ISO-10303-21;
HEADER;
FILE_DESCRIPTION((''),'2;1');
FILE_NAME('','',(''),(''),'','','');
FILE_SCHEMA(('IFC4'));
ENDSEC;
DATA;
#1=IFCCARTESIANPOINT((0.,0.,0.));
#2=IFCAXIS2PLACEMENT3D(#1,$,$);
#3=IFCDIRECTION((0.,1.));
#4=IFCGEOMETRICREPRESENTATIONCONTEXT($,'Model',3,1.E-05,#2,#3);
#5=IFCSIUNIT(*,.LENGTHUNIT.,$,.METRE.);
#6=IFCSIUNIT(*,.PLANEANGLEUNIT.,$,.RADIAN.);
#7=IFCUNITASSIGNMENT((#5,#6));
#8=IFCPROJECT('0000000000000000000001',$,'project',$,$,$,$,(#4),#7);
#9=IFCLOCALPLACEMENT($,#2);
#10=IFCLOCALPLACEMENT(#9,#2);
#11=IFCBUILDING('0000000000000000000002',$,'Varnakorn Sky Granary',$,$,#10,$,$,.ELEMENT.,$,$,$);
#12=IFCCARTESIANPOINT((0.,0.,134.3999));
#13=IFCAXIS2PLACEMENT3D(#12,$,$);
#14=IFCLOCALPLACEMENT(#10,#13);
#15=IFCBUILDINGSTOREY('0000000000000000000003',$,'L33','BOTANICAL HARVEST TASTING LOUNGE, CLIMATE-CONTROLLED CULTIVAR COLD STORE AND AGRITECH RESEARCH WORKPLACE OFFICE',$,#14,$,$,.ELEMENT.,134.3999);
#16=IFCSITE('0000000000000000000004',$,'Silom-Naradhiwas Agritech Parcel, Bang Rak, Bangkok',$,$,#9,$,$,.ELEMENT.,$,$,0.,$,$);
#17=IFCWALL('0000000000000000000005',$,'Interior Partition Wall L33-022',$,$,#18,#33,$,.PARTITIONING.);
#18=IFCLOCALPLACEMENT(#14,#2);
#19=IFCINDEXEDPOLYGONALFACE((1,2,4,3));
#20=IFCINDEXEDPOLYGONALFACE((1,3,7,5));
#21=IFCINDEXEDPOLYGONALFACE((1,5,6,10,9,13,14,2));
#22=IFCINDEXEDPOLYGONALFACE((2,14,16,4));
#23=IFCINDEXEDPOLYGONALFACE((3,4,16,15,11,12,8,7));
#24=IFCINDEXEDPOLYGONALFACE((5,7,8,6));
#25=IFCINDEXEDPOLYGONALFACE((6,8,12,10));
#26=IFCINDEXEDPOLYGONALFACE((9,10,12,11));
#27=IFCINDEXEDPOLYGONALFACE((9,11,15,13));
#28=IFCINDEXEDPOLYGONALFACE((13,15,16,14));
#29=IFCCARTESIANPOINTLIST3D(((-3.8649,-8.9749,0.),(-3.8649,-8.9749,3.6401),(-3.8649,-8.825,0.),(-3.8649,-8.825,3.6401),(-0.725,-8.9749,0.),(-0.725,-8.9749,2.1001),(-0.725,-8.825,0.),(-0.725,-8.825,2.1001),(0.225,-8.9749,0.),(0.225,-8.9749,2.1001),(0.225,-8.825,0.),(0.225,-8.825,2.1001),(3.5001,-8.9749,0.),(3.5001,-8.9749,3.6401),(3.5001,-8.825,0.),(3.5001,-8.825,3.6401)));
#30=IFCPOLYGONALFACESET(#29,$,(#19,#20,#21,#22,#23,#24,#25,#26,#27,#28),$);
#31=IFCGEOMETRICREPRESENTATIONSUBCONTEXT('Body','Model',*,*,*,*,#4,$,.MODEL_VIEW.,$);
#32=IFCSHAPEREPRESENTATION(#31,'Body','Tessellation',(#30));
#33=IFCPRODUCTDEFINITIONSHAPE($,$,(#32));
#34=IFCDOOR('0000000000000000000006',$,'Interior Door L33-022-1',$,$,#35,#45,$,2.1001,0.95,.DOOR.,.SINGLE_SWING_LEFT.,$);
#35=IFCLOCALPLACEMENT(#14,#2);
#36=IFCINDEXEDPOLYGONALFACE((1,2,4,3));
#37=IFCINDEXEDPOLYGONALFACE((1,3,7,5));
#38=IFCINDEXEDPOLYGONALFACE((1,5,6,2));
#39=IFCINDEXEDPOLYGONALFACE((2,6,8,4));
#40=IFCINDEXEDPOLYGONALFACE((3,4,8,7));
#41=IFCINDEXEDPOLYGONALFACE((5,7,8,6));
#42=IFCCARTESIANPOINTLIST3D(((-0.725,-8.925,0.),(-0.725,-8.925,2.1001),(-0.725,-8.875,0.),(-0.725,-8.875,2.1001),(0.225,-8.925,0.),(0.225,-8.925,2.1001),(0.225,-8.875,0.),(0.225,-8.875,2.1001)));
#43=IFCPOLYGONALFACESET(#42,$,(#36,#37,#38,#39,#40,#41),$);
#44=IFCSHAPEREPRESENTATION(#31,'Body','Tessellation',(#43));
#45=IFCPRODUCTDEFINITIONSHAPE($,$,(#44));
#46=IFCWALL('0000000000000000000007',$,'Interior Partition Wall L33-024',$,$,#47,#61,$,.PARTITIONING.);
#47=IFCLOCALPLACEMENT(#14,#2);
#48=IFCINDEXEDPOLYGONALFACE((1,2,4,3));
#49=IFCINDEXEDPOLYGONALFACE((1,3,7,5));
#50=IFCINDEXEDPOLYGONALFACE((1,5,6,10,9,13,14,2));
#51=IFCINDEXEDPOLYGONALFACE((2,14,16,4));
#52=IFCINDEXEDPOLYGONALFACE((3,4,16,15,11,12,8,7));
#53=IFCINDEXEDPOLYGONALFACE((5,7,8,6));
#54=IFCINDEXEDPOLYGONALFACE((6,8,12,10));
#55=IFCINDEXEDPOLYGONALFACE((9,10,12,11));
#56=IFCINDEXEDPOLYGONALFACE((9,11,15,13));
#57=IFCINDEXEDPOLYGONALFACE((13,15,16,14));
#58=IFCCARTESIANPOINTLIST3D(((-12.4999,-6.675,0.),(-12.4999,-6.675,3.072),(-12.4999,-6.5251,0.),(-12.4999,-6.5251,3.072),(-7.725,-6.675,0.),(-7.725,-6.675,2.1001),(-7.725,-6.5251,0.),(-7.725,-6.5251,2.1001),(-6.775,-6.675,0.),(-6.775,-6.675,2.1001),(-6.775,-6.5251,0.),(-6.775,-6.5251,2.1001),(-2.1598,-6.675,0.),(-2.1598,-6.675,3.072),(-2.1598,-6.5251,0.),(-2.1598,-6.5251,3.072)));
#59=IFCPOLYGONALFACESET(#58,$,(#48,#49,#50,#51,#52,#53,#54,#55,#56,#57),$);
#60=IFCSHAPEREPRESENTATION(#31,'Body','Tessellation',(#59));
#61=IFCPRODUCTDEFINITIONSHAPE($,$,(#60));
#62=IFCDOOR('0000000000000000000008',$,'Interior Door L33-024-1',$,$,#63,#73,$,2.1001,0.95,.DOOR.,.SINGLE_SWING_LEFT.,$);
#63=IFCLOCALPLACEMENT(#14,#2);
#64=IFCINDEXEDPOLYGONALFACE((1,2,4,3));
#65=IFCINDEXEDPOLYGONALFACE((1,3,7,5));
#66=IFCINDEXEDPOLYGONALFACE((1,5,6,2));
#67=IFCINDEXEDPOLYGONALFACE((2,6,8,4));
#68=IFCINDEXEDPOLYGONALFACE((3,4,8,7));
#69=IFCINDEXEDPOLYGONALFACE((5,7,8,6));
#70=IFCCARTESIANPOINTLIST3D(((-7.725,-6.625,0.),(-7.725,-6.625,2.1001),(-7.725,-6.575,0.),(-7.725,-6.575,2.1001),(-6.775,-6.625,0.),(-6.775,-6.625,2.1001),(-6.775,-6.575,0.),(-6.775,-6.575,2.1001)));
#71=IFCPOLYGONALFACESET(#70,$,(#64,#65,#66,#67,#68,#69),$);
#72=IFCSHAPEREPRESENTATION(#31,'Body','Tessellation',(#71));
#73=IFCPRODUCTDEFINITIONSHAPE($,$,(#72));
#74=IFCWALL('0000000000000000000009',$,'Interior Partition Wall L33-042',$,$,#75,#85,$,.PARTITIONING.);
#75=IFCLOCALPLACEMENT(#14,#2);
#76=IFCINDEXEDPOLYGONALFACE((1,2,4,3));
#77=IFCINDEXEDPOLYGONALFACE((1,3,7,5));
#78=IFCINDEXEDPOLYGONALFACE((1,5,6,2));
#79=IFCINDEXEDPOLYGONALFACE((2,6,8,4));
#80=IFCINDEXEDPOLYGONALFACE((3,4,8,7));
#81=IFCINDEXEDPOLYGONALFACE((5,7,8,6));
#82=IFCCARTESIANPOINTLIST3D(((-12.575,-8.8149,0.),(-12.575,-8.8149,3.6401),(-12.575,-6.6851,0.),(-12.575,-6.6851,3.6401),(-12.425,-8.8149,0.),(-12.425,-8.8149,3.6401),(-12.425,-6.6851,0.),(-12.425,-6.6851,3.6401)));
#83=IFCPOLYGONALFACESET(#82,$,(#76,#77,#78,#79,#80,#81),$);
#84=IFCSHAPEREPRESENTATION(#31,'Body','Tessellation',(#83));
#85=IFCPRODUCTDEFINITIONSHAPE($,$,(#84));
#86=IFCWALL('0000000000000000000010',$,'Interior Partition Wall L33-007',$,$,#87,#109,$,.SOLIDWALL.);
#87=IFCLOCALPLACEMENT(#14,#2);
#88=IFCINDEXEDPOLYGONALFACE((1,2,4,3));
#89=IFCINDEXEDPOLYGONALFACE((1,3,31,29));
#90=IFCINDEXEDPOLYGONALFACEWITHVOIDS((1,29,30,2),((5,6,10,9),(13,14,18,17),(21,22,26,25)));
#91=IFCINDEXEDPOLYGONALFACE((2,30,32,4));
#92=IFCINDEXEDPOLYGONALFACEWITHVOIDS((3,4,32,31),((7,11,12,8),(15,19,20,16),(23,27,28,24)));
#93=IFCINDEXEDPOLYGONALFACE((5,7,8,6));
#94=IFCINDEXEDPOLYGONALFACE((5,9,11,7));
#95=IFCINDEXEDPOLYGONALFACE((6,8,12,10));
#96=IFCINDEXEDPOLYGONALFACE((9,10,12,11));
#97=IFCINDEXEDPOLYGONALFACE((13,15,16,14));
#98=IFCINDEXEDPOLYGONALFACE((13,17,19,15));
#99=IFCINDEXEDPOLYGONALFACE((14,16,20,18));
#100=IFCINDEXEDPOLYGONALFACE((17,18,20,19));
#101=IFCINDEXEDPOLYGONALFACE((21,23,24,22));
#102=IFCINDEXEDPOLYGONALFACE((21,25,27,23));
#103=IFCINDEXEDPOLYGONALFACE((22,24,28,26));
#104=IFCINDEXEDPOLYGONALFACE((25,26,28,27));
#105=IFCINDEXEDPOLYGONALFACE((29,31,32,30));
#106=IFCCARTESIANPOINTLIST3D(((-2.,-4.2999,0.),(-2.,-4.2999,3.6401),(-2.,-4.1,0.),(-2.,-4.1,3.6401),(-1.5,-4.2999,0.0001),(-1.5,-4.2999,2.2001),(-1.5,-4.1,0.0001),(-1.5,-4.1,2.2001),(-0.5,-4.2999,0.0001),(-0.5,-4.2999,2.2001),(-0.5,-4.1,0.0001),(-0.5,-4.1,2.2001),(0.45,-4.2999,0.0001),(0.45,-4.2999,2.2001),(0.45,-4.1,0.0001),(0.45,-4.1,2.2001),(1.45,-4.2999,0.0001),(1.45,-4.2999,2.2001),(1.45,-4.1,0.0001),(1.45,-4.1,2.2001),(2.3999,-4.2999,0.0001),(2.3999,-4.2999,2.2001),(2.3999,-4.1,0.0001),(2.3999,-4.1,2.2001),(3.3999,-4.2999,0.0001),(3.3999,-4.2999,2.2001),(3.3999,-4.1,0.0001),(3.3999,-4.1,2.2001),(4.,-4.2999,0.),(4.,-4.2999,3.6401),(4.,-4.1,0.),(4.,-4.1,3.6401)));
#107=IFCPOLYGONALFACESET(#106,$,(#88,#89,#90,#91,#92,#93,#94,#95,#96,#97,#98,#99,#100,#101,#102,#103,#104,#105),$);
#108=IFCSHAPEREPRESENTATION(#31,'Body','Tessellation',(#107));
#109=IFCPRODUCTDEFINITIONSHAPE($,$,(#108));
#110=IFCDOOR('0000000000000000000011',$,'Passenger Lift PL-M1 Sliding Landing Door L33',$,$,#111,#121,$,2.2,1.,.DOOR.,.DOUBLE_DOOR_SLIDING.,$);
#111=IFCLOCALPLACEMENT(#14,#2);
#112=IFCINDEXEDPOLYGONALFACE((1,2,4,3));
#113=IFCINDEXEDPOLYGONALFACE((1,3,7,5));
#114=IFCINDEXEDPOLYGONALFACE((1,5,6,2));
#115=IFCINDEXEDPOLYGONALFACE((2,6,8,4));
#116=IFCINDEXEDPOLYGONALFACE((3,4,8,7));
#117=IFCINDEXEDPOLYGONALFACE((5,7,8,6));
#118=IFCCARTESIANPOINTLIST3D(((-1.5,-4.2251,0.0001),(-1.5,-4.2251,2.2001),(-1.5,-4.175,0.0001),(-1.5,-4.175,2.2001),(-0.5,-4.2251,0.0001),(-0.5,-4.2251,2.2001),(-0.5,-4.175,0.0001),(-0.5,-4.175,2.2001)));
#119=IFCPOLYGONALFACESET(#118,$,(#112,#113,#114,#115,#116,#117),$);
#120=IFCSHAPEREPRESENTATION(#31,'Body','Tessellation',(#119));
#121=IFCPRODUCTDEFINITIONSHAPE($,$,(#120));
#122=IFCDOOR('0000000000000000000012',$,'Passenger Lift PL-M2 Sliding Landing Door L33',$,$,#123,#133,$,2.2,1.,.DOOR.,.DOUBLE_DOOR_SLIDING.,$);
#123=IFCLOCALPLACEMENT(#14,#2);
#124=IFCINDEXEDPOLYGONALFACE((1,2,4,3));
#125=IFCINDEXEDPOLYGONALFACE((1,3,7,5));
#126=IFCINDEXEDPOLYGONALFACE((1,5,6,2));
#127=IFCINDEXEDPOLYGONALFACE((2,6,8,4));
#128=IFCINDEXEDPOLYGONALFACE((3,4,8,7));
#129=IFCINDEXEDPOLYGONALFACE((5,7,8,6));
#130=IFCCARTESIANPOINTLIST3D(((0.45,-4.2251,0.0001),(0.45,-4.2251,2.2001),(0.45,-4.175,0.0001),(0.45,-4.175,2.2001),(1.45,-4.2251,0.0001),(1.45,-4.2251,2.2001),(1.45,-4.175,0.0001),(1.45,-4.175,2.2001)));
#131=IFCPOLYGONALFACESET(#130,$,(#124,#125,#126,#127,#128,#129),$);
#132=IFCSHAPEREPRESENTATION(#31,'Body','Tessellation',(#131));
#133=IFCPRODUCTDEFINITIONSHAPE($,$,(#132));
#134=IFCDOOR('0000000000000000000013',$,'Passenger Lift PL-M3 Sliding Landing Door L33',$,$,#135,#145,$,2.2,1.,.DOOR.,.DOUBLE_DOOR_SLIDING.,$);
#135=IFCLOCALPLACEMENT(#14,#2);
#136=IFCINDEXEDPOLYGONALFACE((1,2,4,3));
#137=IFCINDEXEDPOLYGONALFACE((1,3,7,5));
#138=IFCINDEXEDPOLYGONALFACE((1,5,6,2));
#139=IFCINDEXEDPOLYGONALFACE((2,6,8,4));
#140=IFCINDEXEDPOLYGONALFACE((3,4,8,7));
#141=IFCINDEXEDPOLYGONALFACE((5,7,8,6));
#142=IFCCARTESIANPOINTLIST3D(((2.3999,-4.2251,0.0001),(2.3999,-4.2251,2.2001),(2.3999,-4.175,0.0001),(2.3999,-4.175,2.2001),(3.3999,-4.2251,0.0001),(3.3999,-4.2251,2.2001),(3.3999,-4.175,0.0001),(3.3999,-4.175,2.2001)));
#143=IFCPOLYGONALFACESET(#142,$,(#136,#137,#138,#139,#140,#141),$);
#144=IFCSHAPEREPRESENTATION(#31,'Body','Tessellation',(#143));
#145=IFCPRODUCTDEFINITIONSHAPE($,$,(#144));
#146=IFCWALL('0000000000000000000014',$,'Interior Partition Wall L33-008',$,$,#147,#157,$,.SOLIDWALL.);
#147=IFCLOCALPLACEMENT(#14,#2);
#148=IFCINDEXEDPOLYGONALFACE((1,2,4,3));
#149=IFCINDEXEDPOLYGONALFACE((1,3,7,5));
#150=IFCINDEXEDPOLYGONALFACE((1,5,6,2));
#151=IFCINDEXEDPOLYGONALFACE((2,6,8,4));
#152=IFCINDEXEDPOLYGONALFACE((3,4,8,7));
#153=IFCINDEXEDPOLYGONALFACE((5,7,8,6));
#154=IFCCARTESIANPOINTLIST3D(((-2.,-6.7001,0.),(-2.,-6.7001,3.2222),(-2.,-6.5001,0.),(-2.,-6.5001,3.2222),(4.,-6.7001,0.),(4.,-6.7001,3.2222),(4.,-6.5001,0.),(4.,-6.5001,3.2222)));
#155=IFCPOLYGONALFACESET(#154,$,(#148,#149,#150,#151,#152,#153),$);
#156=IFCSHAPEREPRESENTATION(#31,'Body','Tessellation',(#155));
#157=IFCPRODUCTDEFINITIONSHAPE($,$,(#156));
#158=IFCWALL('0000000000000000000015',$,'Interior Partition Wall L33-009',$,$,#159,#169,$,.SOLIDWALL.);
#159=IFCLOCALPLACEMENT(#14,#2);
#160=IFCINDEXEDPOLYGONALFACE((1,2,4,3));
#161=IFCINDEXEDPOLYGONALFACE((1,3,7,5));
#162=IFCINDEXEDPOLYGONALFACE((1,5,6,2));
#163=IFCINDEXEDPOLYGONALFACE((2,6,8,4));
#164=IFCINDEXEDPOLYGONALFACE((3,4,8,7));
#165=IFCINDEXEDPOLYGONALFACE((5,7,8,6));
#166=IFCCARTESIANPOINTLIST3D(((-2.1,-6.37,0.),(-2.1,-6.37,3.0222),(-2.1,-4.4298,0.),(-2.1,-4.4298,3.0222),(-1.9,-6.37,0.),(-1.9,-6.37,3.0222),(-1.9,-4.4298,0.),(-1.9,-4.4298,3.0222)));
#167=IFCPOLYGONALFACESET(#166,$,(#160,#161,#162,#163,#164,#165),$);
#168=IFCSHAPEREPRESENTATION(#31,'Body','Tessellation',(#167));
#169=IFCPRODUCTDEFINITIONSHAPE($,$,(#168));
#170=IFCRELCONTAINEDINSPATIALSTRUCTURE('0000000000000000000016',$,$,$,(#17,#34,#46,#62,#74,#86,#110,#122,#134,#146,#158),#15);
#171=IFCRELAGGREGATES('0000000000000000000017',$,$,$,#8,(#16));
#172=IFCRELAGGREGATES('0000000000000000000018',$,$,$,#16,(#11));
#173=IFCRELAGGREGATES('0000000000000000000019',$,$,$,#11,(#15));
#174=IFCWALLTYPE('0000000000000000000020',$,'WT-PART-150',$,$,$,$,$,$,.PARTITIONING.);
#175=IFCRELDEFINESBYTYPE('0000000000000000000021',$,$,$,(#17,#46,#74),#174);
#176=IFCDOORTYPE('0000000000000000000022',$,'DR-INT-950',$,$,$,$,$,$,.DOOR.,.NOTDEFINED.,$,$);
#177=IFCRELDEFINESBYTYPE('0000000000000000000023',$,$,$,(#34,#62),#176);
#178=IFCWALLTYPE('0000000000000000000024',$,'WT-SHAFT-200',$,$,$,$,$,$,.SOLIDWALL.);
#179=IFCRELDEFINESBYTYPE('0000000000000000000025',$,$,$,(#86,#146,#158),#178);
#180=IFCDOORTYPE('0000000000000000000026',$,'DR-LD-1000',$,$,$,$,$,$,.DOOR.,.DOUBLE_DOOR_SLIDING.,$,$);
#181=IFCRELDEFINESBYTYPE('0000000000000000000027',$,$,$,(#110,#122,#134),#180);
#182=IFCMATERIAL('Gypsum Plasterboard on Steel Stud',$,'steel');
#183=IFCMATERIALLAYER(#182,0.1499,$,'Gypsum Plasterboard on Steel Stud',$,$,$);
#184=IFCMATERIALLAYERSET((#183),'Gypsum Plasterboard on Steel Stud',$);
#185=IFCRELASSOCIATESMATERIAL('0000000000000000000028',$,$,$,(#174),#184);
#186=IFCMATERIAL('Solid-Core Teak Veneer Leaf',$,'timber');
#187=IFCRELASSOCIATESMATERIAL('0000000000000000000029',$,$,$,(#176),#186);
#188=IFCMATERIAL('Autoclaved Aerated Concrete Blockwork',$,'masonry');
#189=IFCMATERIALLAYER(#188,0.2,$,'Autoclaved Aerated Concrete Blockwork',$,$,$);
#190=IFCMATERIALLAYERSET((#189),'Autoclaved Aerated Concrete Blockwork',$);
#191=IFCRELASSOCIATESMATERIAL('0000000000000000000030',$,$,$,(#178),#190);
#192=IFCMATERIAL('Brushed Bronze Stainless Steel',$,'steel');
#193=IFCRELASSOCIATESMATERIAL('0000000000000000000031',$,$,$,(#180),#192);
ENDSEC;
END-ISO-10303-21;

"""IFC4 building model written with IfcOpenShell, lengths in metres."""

from ifc_helpers import new_model, si_unit, direction, frame, frame_2d, origin, place, context, subcontext, project, spatial, rectangle, extrude, material, layer, layer_set, type_object, element, fill, save


model = new_model("IFC4")

# Units and contexts
model_context = context("Model", 3, precision=1e-05, world=origin(), true_north=direction((0.0, 1.0)))
body_context = subcontext(model_context, "Body", "Model", "MODEL_VIEW")
ifc_project = project(units=[si_unit("LENGTHUNIT", "METRE"), si_unit("PLANEANGLEUNIT", "RADIAN")], contexts=[model_context])

# Site, building, storey
site_placement = place(None, origin())
site = spatial("IfcSite", under=ifc_project, at=site_placement, Name="Silom-Naradhiwas Agritech Parcel, Bang Rak, Bangkok", CompositionType="ELEMENT", RefElevation=0.0)
building_placement = place(site_placement, origin())
building = spatial("IfcBuilding", under=site, at=building_placement, Name="Varnakorn Sky Granary", CompositionType="ELEMENT")
storey_placement = place(building_placement, frame((0.0, 0.0, 134.3999)))
storey = spatial("IfcBuildingStorey", under=building, at=storey_placement, Name="L33", Description="BOTANICAL HARVEST TASTING LOUNGE, CLIMATE-CONTROLLED CULTIVAR COLD STORE AND AGRITECH RESEARCH WORKPLACE OFFICE", CompositionType="ELEMENT", Elevation=134.3999)

# Shared definitions
ifc_material_1 = material(Name="Autoclaved Aerated Concrete Blockwork", Category="masonry")

# Walls, openings, doors
ifc_material_2 = material(Name="Gypsum Plasterboard on Steel Stud", Category="steel")
ifc_layer_1 = layer(ifc_material_2, 0.1499, Name="Gypsum Plasterboard on Steel Stud")
ifc_layer_set_1 = layer_set([ifc_layer_1], Name="Gypsum Plasterboard on Steel Stud")
wall_type_1 = type_object("IfcWallType", Name="WT-PART-150", PredefinedType="PARTITIONING", material=ifc_layer_set_1)
ifc_material_3 = material(Name="Solid-Core Teak Veneer Leaf", Category="timber")
door_type_1 = type_object("IfcDoorType", Name="DR-INT-950", OperationType="NOTDEFINED", PredefinedType="DOOR", material=ifc_material_3)
wall_1_placement = place(storey_placement, frame((-3.865, -8.8999, 0.0), z_axis=(0.0, 0.0, 1.0), x_axis=(1.0, 0.0, 0.0)))
wall_1 = element("IfcWall", 1, at=wall_1_placement, inside=storey, type_object=wall_type_1, Name="Interior Partition Wall L33-022", PredefinedType="PARTITIONING", context=body_context, shape_type="SweptSolid", body=[
    extrude(rectangle(XDim=7.365, YDim=0.1499, at=frame_2d((3.6826, 0.0))), origin(), (0.0, 0.0, 1.0), 3.6401),
])
opening_1_placement = place(wall_1_placement, frame((3.1399, 0.0, 0.0)))
opening_1 = element("IfcOpeningElement", 2, at=opening_1_placement, cuts=wall_1, PredefinedType="OPENING", context=body_context, shape_type="SweptSolid", body=[
    extrude(rectangle(XDim=0.95, YDim=2.1001, at=frame_2d((0.4751, 1.05))), frame((0.0, 0.085, 0.0), z_axis=(0.0, -1.0, 0.0), x_axis=(1.0, 0.0, 0.0)), (0.0, 0.0, 1.0), 0.1699),
])
door_1_placement = place(opening_1_placement, origin())
door_1 = element("IfcDoor", 3, at=door_1_placement, inside=storey, type_object=door_type_1, Name="Interior Door L33-022-1", OperationType="SINGLE_SWING_LEFT", OverallHeight=2.1001, OverallWidth=0.95, PredefinedType="DOOR", context=body_context, shape_type="SweptSolid", body=[
    extrude(rectangle(XDim=0.95, YDim=2.1001, at=frame_2d((0.4751, 1.05))), frame((0.0, 0.0249, 0.0), z_axis=(0.0, -1.0, 0.0), x_axis=(1.0, 0.0, 0.0)), (0.0, 0.0, 1.0), 0.05),
])
fill(opening_1, door_1)
wall_2_placement = place(storey_placement, frame((-2.1599, -6.6001, 0.0), z_axis=(0.0, 0.0, 1.0), x_axis=(-1.0, 0.0, 0.0)))
wall_2 = element("IfcWall", 4, at=wall_2_placement, inside=storey, type_object=wall_type_1, Name="Interior Partition Wall L33-024", PredefinedType="PARTITIONING", context=body_context, shape_type="SweptSolid", body=[
    extrude(rectangle(XDim=10.3401, YDim=0.1499, at=frame_2d((5.1699, 0.0))), origin(), (0.0, 0.0, 1.0), 3.072),
])
opening_2_placement = place(wall_2_placement, frame((4.615, 0.0, 0.0)))
opening_2 = element("IfcOpeningElement", 5, at=opening_2_placement, cuts=wall_2, PredefinedType="OPENING", context=body_context, shape_type="SweptSolid", body=[
    extrude(rectangle(XDim=0.95, YDim=2.1001, at=frame_2d((0.4751, 1.05))), frame((0.0, 0.085, 0.0), z_axis=(0.0, -1.0, 0.0), x_axis=(1.0, 0.0, 0.0)), (0.0, 0.0, 1.0), 0.1699),
])
door_2_placement = place(opening_2_placement, origin())
door_2 = element("IfcDoor", 6, at=door_2_placement, inside=storey, type_object=door_type_1, Name="Interior Door L33-024-1", OperationType="SINGLE_SWING_LEFT", OverallHeight=2.1001, OverallWidth=0.95, PredefinedType="DOOR", context=body_context, shape_type="SweptSolid", body=[
    extrude(rectangle(XDim=0.95, YDim=2.1001, at=frame_2d((0.4751, 1.05))), frame((0.0, 0.0249, 0.0), z_axis=(0.0, -1.0, 0.0), x_axis=(1.0, 0.0, 0.0)), (0.0, 0.0, 1.0), 0.05),
])
fill(opening_2, door_2)

# Wall
wall_3_placement = place(storey_placement, frame((-12.5, -6.6851, 0.0), z_axis=(0.0, 0.0, 1.0), x_axis=(0.0, -1.0, 0.0)))
element("IfcWall", 7, at=wall_3_placement, inside=storey, type_object=wall_type_1, Name="Interior Partition Wall L33-042", PredefinedType="PARTITIONING", context=body_context, shape_type="SweptSolid", body=[
    extrude(rectangle(XDim=2.1299, YDim=0.1499, at=frame_2d((1.0649, 0.0))), origin(), (0.0, 0.0, 1.0), 3.6401),
])

# Wall, openings, doors
ifc_layer_2 = layer(ifc_material_1, 0.2, Name="Autoclaved Aerated Concrete Blockwork")
ifc_layer_set_2 = layer_set([ifc_layer_2], Name="Autoclaved Aerated Concrete Blockwork")
wall_type_2 = type_object("IfcWallType", Name="WT-SHAFT-200", PredefinedType="SOLIDWALL", material=ifc_layer_set_2)
wall_4_placement = place(storey_placement, frame((-2.0, -4.2, 0.0), z_axis=(0.0, 0.0, 1.0), x_axis=(1.0, 0.0, 0.0)))
wall_4 = element("IfcWall", 8, at=wall_4_placement, inside=storey, type_object=wall_type_2, Name="Interior Partition Wall L33-007", PredefinedType="SOLIDWALL", context=body_context, shape_type="SweptSolid", body=[
    extrude(rectangle(XDim=6.0, YDim=0.2, at=frame_2d((3.0, 0.0))), origin(), (0.0, 0.0, 1.0), 3.6401),
])
opening_3_placement = place(wall_4_placement, frame((0.5, 0.0, 0.0)))
opening_3 = element("IfcOpeningElement", 9, at=opening_3_placement, cuts=wall_4, PredefinedType="OPENING", context=body_context, shape_type="SweptSolid", body=[
    extrude(rectangle(XDim=1.0, YDim=2.2, at=frame_2d((0.5, 1.1001))), frame((0.0, 0.1099, 0.0), z_axis=(0.0, -1.0, 0.0), x_axis=(1.0, 0.0, 0.0)), (0.0, 0.0, 1.0), 0.22),
])
opening_4_placement = place(wall_4_placement, frame((2.45, 0.0, 0.0)))
opening_4 = element("IfcOpeningElement", 10, at=opening_4_placement, cuts=wall_4, PredefinedType="OPENING", context=body_context, shape_type="SweptSolid", body=[
    extrude(rectangle(XDim=1.0, YDim=2.2, at=frame_2d((0.5, 1.1001))), frame((0.0, 0.1099, 0.0), z_axis=(0.0, -1.0, 0.0), x_axis=(1.0, 0.0, 0.0)), (0.0, 0.0, 1.0), 0.22),
])
opening_5_placement = place(wall_4_placement, frame((4.3999, 0.0, 0.0)))
opening_5 = element("IfcOpeningElement", 11, at=opening_5_placement, cuts=wall_4, PredefinedType="OPENING", context=body_context, shape_type="SweptSolid", body=[
    extrude(rectangle(XDim=1.0, YDim=2.2, at=frame_2d((0.5, 1.1001))), frame((0.0, 0.1099, 0.0), z_axis=(0.0, -1.0, 0.0), x_axis=(1.0, 0.0, 0.0)), (0.0, 0.0, 1.0), 0.22),
])
ifc_material_4 = material(Name="Brushed Bronze Stainless Steel", Category="steel")
door_type_2 = type_object("IfcDoorType", Name="DR-LD-1000", OperationType="DOUBLE_DOOR_SLIDING", PredefinedType="DOOR", material=ifc_material_4)
door_3_placement = place(opening_3_placement, origin())
door_3 = element("IfcDoor", 12, at=door_3_placement, inside=storey, type_object=door_type_2, Name="Passenger Lift PL-M1 Sliding Landing Door L33", OperationType="DOUBLE_DOOR_SLIDING", OverallHeight=2.2, OverallWidth=1.0, PredefinedType="DOOR", context=body_context, shape_type="SweptSolid", body=[
    extrude(rectangle(XDim=1.0, YDim=2.2, at=frame_2d((0.5, 1.1001))), frame((0.0, 0.0249, 0.0), z_axis=(0.0, -1.0, 0.0), x_axis=(1.0, 0.0, 0.0)), (0.0, 0.0, 1.0), 0.05),
])
fill(opening_3, door_3)
door_4_placement = place(opening_4_placement, origin())
door_4 = element("IfcDoor", 13, at=door_4_placement, inside=storey, type_object=door_type_2, Name="Passenger Lift PL-M2 Sliding Landing Door L33", OperationType="DOUBLE_DOOR_SLIDING", OverallHeight=2.2, OverallWidth=1.0, PredefinedType="DOOR", context=body_context, shape_type="SweptSolid", body=[
    extrude(rectangle(XDim=1.0, YDim=2.2, at=frame_2d((0.5, 1.1001))), frame((0.0, 0.0249, 0.0), z_axis=(0.0, -1.0, 0.0), x_axis=(1.0, 0.0, 0.0)), (0.0, 0.0, 1.0), 0.05),
])
fill(opening_4, door_4)
door_5_placement = place(opening_5_placement, origin())
door_5 = element("IfcDoor", 14, at=door_5_placement, inside=storey, type_object=door_type_2, Name="Passenger Lift PL-M3 Sliding Landing Door L33", OperationType="DOUBLE_DOOR_SLIDING", OverallHeight=2.2, OverallWidth=1.0, PredefinedType="DOOR", context=body_context, shape_type="SweptSolid", body=[
    extrude(rectangle(XDim=1.0, YDim=2.2, at=frame_2d((0.5, 1.1001))), frame((0.0, 0.0249, 0.0), z_axis=(0.0, -1.0, 0.0), x_axis=(1.0, 0.0, 0.0)), (0.0, 0.0, 1.0), 0.05),
])
fill(opening_5, door_5)

# Walls
wall_5_placement = place(storey_placement, frame((-2.0, -6.6001, 0.0), z_axis=(0.0, 0.0, 1.0), x_axis=(1.0, 0.0, 0.0)))
element("IfcWall", 15, at=wall_5_placement, inside=storey, type_object=wall_type_2, Name="Interior Partition Wall L33-008", PredefinedType="SOLIDWALL", context=body_context, shape_type="SweptSolid", body=[
    extrude(rectangle(XDim=6.0, YDim=0.2, at=frame_2d((3.0, 0.0))), origin(), (0.0, 0.0, 1.0), 3.2222),
])
wall_6_placement = place(storey_placement, frame((-2.0, -6.3701, 0.0), z_axis=(0.0, 0.0, 1.0), x_axis=(0.0, 1.0, 0.0)))
element("IfcWall", 16, at=wall_6_placement, inside=storey, type_object=wall_type_2, Name="Interior Partition Wall L33-009", PredefinedType="SOLIDWALL", context=body_context, shape_type="SweptSolid", body=[
    extrude(rectangle(XDim=1.9402, YDim=0.2, at=frame_2d((0.9702, 0.0))), origin(), (0.0, 0.0, 1.0), 3.0222),
])

save(model, "model.ifc")
